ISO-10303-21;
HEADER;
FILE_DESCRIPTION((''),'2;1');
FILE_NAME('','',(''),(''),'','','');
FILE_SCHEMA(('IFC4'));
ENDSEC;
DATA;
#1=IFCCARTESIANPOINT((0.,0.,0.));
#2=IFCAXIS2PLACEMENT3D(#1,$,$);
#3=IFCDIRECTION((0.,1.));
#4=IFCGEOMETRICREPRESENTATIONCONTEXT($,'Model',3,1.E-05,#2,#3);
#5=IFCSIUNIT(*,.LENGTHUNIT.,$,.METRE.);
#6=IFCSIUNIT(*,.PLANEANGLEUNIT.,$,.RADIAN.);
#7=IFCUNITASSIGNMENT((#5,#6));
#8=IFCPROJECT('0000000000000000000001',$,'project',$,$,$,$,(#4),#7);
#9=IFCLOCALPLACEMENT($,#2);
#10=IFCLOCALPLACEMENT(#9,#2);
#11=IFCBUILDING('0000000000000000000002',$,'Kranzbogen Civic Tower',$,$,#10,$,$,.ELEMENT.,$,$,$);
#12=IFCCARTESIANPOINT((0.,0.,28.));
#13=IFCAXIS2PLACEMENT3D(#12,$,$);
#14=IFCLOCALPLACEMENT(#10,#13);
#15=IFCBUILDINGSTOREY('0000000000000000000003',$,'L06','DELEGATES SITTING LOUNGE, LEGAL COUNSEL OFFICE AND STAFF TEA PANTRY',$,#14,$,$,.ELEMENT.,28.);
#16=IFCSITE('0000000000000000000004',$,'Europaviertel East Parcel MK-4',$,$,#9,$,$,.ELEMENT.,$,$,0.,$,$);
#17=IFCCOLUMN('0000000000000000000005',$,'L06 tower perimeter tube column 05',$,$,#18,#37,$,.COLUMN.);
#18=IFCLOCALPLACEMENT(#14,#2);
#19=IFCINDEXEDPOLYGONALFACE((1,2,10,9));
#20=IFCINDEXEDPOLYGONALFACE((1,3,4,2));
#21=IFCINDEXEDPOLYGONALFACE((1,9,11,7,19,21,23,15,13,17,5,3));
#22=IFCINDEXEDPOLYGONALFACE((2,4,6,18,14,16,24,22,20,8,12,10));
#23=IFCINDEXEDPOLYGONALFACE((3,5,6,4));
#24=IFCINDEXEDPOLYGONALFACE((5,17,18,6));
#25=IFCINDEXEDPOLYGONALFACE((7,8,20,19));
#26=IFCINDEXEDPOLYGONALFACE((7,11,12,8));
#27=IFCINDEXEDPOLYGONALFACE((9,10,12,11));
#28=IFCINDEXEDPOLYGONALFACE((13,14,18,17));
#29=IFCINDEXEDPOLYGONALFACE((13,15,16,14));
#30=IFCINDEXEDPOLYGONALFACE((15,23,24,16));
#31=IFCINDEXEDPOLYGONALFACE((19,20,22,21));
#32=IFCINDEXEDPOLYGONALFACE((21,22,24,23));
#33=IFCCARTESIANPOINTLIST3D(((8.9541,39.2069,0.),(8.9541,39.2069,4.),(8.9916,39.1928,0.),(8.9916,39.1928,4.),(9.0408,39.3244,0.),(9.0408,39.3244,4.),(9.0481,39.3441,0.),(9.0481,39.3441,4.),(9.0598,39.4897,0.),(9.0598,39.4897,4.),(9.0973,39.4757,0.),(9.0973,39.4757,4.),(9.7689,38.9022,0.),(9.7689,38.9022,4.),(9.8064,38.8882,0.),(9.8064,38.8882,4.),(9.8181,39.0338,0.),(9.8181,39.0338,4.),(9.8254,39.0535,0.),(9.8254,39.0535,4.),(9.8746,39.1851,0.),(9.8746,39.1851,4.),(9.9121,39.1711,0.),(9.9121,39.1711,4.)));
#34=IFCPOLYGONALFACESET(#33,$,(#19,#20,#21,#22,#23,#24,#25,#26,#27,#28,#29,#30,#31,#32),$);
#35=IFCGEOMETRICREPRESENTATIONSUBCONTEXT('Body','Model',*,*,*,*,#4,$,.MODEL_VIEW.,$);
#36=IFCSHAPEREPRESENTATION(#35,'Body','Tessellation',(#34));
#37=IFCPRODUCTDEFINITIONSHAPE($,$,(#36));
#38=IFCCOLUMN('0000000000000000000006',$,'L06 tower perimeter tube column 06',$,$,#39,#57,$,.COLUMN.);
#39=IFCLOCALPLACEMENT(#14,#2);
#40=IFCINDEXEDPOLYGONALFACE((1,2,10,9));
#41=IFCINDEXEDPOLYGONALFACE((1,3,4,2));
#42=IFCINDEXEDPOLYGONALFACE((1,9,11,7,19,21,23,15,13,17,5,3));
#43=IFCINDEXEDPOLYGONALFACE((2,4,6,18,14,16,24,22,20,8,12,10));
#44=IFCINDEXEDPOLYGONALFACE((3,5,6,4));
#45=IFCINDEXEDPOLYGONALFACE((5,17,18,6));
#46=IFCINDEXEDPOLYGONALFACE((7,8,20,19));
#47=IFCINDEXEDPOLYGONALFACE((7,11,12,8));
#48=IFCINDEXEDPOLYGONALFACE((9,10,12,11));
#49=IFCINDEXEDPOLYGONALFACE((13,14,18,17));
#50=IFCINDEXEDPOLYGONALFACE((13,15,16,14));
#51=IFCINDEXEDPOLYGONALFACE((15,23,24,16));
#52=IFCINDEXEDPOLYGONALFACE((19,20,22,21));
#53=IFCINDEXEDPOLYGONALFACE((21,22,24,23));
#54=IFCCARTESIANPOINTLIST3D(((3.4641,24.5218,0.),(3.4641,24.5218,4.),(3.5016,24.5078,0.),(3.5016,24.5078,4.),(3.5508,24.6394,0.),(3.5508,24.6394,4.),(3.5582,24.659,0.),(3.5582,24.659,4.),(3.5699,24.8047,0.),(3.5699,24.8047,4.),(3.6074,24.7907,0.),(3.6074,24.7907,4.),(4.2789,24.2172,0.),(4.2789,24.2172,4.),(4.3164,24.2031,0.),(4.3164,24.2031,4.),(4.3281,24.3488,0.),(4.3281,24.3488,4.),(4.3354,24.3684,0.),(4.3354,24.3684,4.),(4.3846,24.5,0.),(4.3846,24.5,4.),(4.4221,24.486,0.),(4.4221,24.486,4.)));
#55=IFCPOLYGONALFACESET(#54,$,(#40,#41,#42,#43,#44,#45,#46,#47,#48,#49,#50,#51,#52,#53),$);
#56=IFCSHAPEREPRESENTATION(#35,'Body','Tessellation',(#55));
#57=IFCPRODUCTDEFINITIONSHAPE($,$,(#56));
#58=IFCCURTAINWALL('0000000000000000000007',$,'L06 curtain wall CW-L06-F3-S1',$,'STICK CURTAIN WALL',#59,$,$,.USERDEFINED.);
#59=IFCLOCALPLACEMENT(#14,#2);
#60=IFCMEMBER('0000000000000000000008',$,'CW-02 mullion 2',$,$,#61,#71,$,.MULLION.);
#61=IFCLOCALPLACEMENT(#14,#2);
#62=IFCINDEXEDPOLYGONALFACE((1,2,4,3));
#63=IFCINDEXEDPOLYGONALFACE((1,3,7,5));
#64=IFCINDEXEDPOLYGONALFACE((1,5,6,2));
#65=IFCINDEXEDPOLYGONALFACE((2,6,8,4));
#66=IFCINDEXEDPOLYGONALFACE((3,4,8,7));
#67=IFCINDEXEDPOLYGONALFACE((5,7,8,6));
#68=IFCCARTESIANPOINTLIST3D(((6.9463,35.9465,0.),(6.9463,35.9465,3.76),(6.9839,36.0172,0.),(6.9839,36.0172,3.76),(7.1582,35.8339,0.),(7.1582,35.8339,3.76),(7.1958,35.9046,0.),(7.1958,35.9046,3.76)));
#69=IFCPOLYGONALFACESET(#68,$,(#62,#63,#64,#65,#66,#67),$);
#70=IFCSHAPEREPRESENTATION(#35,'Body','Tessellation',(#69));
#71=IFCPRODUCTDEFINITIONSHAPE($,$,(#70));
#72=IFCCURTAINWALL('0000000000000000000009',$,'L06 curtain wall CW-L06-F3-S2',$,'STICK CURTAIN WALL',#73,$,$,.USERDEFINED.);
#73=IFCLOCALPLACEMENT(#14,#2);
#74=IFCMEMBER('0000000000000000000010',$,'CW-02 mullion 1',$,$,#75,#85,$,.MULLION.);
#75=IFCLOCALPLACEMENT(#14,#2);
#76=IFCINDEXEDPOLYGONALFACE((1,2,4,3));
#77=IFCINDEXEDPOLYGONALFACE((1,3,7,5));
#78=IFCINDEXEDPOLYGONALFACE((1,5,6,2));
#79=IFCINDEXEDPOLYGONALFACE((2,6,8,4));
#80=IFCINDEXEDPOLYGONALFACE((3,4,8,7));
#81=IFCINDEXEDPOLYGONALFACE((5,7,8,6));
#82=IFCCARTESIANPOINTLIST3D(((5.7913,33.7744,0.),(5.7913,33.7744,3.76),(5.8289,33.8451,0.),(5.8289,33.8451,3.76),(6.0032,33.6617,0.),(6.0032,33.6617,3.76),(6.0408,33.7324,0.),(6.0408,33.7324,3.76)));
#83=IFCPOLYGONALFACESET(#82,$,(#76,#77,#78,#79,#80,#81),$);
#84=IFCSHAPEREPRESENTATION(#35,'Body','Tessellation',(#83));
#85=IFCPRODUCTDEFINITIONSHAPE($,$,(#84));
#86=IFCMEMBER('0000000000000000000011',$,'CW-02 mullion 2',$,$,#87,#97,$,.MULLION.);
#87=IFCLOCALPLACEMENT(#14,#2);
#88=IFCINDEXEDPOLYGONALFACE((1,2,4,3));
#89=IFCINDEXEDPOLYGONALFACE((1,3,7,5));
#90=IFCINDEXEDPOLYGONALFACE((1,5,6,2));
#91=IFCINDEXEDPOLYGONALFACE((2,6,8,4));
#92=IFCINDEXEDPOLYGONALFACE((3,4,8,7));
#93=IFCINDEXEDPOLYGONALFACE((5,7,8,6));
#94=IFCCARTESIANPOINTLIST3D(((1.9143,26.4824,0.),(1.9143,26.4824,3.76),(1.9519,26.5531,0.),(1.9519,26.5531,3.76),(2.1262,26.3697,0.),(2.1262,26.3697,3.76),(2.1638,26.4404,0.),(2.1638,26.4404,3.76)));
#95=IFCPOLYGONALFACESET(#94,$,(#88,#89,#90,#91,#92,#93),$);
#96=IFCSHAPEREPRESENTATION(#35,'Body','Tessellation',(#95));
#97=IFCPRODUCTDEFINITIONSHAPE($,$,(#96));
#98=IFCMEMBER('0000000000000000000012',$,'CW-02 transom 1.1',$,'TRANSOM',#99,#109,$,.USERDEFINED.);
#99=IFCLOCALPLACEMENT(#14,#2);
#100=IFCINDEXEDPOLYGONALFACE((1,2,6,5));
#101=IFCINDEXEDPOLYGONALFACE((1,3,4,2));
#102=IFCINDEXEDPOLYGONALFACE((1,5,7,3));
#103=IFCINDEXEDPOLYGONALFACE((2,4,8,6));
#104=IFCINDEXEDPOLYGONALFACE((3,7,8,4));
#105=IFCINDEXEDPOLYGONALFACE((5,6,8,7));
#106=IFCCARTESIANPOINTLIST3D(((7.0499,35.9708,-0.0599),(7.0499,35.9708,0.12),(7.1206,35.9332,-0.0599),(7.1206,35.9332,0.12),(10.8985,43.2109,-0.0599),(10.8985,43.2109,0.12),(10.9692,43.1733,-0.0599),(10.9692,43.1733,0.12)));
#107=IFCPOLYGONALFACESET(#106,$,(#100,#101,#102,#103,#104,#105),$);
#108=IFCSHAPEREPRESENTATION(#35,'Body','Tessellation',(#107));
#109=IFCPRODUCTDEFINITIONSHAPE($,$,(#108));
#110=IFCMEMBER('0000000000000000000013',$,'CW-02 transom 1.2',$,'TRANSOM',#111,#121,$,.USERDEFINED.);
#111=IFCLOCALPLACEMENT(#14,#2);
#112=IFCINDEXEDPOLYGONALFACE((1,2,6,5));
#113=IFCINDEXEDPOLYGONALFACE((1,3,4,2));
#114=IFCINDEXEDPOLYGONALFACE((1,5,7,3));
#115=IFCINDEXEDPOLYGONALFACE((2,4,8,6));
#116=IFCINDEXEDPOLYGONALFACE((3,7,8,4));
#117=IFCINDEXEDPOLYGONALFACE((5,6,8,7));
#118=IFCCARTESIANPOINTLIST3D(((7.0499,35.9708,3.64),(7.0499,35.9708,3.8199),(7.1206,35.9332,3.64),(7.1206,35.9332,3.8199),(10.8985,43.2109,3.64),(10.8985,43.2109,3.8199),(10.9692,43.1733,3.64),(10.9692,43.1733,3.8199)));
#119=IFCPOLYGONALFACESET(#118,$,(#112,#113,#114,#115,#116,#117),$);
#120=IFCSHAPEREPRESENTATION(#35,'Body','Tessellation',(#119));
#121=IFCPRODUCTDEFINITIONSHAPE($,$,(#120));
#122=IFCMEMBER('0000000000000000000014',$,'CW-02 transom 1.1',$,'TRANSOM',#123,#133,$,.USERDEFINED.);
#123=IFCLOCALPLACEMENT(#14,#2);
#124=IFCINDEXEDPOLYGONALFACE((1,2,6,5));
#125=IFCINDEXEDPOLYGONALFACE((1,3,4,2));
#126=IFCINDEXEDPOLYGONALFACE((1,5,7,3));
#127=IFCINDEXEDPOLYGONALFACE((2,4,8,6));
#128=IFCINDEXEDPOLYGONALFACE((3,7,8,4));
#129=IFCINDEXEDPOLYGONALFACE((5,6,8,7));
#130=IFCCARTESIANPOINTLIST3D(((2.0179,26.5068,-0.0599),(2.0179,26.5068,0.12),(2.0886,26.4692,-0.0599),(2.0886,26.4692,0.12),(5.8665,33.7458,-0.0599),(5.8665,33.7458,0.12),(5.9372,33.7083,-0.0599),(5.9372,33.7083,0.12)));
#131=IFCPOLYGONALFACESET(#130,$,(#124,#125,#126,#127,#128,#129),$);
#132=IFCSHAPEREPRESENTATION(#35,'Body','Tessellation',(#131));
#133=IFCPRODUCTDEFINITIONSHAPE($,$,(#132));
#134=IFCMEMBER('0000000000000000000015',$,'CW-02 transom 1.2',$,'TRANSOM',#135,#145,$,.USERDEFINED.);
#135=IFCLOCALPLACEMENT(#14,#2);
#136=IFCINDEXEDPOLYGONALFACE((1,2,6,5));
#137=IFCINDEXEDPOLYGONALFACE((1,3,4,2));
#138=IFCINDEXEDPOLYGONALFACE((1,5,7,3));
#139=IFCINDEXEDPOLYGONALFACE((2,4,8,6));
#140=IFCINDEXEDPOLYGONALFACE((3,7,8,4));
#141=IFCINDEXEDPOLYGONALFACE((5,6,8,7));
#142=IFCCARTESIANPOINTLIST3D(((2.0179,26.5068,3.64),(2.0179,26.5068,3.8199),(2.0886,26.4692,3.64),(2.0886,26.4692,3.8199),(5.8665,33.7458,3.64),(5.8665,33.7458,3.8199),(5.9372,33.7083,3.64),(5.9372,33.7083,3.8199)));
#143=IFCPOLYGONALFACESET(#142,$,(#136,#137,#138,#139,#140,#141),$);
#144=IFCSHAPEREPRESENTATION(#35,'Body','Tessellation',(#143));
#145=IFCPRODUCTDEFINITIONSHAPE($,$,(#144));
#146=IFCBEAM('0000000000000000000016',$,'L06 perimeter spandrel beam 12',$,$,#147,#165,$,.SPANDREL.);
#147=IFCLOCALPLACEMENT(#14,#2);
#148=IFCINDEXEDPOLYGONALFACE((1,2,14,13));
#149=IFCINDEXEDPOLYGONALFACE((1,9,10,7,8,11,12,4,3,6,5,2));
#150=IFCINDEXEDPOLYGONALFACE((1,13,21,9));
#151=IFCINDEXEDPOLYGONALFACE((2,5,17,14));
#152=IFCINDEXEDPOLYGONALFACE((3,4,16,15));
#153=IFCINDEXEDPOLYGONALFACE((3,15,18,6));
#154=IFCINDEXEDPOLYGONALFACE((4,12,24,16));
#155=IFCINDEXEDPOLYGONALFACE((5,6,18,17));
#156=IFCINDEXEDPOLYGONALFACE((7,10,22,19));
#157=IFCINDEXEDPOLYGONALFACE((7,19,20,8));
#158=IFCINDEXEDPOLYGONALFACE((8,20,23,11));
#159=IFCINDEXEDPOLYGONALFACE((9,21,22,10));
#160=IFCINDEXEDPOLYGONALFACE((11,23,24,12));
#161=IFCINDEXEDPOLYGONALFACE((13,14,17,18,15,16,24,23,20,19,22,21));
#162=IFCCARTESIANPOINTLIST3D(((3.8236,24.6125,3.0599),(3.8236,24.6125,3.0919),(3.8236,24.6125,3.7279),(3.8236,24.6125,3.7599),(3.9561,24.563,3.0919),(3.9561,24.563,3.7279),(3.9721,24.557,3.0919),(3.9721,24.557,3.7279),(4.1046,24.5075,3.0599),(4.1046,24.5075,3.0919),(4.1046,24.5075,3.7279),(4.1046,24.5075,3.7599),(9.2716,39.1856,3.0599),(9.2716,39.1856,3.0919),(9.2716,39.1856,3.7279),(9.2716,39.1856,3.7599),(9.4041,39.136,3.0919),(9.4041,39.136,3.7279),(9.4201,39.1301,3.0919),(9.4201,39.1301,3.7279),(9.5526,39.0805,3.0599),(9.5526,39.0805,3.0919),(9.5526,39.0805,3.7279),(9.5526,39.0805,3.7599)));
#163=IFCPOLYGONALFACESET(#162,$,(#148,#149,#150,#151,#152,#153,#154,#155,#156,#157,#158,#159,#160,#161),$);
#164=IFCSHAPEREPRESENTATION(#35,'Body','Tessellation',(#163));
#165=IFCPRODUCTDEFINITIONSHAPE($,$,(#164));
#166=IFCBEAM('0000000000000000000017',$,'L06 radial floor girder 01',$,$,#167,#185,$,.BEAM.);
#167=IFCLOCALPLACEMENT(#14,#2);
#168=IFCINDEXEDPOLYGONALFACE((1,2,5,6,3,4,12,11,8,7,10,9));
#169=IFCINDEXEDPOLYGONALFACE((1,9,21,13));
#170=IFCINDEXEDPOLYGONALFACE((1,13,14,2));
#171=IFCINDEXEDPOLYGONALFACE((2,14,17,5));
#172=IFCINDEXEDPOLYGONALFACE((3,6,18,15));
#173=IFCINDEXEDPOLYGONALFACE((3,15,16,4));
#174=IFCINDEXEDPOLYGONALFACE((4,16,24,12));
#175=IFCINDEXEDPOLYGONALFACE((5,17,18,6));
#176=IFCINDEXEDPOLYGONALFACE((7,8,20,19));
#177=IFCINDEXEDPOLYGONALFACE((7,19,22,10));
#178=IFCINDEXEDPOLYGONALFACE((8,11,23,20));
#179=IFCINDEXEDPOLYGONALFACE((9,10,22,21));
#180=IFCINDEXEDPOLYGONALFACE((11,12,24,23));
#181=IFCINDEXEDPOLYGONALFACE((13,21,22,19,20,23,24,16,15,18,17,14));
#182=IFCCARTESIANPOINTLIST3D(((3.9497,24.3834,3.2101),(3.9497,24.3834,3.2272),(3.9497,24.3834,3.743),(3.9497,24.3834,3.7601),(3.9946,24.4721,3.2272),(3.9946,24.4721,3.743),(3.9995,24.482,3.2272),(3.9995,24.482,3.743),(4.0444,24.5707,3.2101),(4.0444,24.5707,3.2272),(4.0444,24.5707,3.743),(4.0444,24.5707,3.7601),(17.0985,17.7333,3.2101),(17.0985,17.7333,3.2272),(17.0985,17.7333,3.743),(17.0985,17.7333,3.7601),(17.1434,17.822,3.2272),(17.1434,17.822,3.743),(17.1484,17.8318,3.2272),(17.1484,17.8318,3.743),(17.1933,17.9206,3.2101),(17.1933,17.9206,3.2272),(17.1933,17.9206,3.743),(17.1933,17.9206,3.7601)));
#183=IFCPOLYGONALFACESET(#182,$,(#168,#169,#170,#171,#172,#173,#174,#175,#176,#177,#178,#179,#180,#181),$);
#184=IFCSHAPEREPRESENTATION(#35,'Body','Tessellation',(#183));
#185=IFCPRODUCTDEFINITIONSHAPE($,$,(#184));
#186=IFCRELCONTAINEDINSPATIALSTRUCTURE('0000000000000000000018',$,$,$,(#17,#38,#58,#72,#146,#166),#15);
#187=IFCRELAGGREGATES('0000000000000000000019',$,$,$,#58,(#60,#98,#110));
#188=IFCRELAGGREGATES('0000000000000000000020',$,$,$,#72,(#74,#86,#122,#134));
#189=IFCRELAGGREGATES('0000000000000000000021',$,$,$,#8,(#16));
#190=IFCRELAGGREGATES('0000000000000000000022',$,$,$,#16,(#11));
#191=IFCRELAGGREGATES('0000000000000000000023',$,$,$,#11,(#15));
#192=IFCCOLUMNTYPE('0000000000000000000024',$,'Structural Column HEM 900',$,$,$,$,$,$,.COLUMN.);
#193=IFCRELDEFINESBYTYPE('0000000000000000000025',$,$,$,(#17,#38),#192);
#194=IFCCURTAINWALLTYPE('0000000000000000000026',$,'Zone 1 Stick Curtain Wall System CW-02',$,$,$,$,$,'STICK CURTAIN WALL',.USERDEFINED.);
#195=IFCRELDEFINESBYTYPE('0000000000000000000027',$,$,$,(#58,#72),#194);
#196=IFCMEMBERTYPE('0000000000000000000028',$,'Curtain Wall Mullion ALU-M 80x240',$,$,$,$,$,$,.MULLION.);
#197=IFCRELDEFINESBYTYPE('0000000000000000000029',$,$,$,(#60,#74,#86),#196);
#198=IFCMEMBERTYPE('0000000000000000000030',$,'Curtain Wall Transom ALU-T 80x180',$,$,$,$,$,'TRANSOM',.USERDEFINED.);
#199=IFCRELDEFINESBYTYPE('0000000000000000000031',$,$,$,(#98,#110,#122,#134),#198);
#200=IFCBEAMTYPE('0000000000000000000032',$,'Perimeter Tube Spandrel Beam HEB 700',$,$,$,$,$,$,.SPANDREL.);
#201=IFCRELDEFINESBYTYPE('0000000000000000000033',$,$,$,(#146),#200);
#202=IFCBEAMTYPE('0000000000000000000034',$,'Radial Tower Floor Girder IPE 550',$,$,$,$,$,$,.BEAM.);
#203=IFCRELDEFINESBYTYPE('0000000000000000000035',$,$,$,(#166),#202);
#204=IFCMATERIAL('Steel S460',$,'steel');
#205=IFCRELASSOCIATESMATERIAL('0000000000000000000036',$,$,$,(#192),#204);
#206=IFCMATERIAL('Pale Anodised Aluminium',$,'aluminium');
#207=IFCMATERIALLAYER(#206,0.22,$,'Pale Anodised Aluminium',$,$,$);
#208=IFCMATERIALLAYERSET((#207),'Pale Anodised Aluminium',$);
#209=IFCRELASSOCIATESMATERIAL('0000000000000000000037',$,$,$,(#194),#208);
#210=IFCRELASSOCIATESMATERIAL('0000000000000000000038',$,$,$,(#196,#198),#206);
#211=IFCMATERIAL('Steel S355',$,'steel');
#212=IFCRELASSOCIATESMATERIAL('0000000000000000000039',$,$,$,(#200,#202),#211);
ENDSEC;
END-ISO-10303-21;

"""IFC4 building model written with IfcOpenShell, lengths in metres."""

from ifc_helpers import new_model, si_unit, direction, frame, origin, origin_2d, place, context, subcontext, project, spatial, rectangle, i_section, extrude, material, layer, layer_set, material_profile, profile_set, type_object, element, aggregate, save


model = new_model("IFC4")

# Units and contexts
model_context = context("Model", 3, precision=1e-05, world=origin(), true_north=direction((0.0, 1.0)))
body_context = subcontext(model_context, "Body", "Model", "MODEL_VIEW")
ifc_project = project(units=[si_unit("LENGTHUNIT", "METRE"), si_unit("PLANEANGLEUNIT", "RADIAN")], contexts=[model_context])

# Site, building, storey
site_placement = place(None, origin())
site = spatial("IfcSite", under=ifc_project, at=site_placement, Name="Europaviertel East Parcel MK-4", CompositionType="ELEMENT", RefElevation=0.0)
building_placement = place(site_placement, origin())
building = spatial("IfcBuilding", under=site, at=building_placement, Name="Kranzbogen Civic Tower", CompositionType="ELEMENT")
storey_placement = place(building_placement, frame((0.0, 0.0, 28.0)))
storey = spatial("IfcBuildingStorey", under=building, at=storey_placement, Name="L06", Description="DELEGATES SITTING LOUNGE, LEGAL COUNSEL OFFICE AND STAFF TEA PANTRY", CompositionType="ELEMENT", Elevation=28.0)

# Columns
ifc_material_1 = material(Name="Steel S460", Category="steel")
ifc_material_profile_1 = material_profile(ifc_material_1, i_section(OverallWidth=0.302, OverallDepth=0.9099, WebThickness=0.021, FlangeThickness=0.04, at=origin_2d()), Name="HEM 900")
ifc_profile_set_1 = profile_set([ifc_material_profile_1], Name="Steel S460")
column_type = type_object("IfcColumnType", Name="Structural Column HEM 900", PredefinedType="COLUMN", material=ifc_profile_set_1)
for number, where, z_axis, x_axis, name in (
    (1, (9.4331, 39.189, 0.0), (0.0, 0.0, 1.0), (0.350207, 0.936672, 0.0), "L06 tower perimeter tube column 05"),
    (2, (3.9431, 24.5039, 0.0), (0.0, 0.0, 1.0), (0.350207, 0.936672, 0.0), "L06 tower perimeter tube column 06"),
):
    element("IfcColumn", number, at=place(storey_placement, frame(where, z_axis=z_axis, x_axis=x_axis)), inside=storey, type_object=column_type, Name=name, PredefinedType="COLUMN", context=body_context, shape_type="SweptSolid", body=[
        extrude(i_section(OverallWidth=0.302, OverallDepth=0.9099, WebThickness=0.021, FlangeThickness=0.04, at=origin_2d()), origin(), (0.0, 0.0, 1.0), 4.0),
    ])

# Curtain wall, member
ifc_material_2 = material(Name="Pale Anodised Aluminium", Category="aluminium")
ifc_layer_1 = layer(ifc_material_2, 0.22, Name="Pale Anodised Aluminium")
ifc_layer_set_1 = layer_set([ifc_layer_1], Name="Pale Anodised Aluminium")
curtain_wall_type = type_object("IfcCurtainWallType", Name="Zone 1 Stick Curtain Wall System CW-02", ElementType="STICK CURTAIN WALL", PredefinedType="USERDEFINED", material=ifc_layer_set_1)
curtain_wall_1_placement = place(storey_placement, origin())
curtain_wall_1 = element("IfcCurtainWall", 3, at=curtain_wall_1_placement, inside=storey, type_object=curtain_wall_type, Name="L06 curtain wall CW-L06-F3-S1", ObjectType="STICK CURTAIN WALL", PredefinedType="USERDEFINED")
ifc_material_profile_2 = material_profile(ifc_material_2, rectangle(XDim=0.0801, YDim=0.24, at=origin_2d()), Name="ALU-M 80x240")
ifc_profile_set_2 = profile_set([ifc_material_profile_2], Name="Pale Anodised Aluminium")
member_type_1 = type_object("IfcMemberType", Name="Curtain Wall Mullion ALU-M 80x240", PredefinedType="MULLION", material=ifc_profile_set_2)
member_1_placement = place(storey_placement, frame((7.071, 35.9255, 0.0), z_axis=(0.0, 0.0, 1.0), x_axis=(-0.469384, -0.882994, 0.0)))
member_1 = element("IfcMember", 4, at=member_1_placement, type_object=member_type_1, Name="CW-02 mullion 2", PredefinedType="MULLION", context=body_context, shape_type="SweptSolid", body=[
    extrude(rectangle(XDim=0.0801, YDim=0.24, at=origin_2d()), origin(), (0.0, 0.0, 1.0), 3.76),
])

# Curtain wall, members
curtain_wall_2_placement = place(storey_placement, origin())
curtain_wall_2 = element("IfcCurtainWall", 5, at=curtain_wall_2_placement, inside=storey, type_object=curtain_wall_type, Name="L06 curtain wall CW-L06-F3-S2", ObjectType="STICK CURTAIN WALL", PredefinedType="USERDEFINED")
member_2_placement = place(storey_placement, frame((5.916, 33.7534, 0.0), z_axis=(0.0, 0.0, 1.0), x_axis=(-0.469434, -0.882968, 0.0)))
member_2 = element("IfcMember", 6, at=member_2_placement, type_object=member_type_1, Name="CW-02 mullion 1", PredefinedType="MULLION", context=body_context, shape_type="SweptSolid", body=[
    extrude(rectangle(XDim=0.0801, YDim=0.24, at=origin_2d()), origin(), (0.0, 0.0, 1.0), 3.76),
])
member_3_placement = place(storey_placement, frame((2.0391, 26.4614, 0.0), z_axis=(0.0, 0.0, 1.0), x_axis=(-0.469434, -0.882968, 0.0)))
member_3 = element("IfcMember", 7, at=member_3_placement, type_object=member_type_1, Name="CW-02 mullion 2", PredefinedType="MULLION", context=body_context, shape_type="SweptSolid", body=[
    extrude(rectangle(XDim=0.0801, YDim=0.24, at=origin_2d()), origin(), (0.0, 0.0, 1.0), 3.76),
])

# Members
ifc_material_profile_3 = material_profile(ifc_material_2, rectangle(XDim=0.0801, YDim=0.1799, at=origin_2d()), Name="ALU-T 80x180")
ifc_profile_set_3 = profile_set([ifc_material_profile_3], Name="Pale Anodised Aluminium")
member_type_2 = type_object("IfcMemberType", Name="Curtain Wall Transom ALU-T 80x180", ElementType="TRANSOM", PredefinedType="USERDEFINED", material=ifc_profile_set_3)
member_4_placement = place(storey_placement, frame((10.9338, 43.1921, 0.03), z_axis=(-0.46937, -0.883002, 0.0), x_axis=(0.883002, -0.46937, 0.0)))
member_4 = element("IfcMember", 8, at=member_4_placement, type_object=member_type_2, Name="CW-02 transom 1.1", ObjectType="TRANSOM", PredefinedType="USERDEFINED", context=body_context, shape_type="SweptSolid", body=[
    extrude(rectangle(XDim=0.0801, YDim=0.1799, at=origin_2d()), origin(), (0.0, 0.0, 1.0), 8.1995),
])
member_5_placement = place(storey_placement, frame((10.9338, 43.1921, 3.73), z_axis=(-0.46937, -0.883002, 0.0), x_axis=(0.883002, -0.46937, 0.0)))
member_5 = element("IfcMember", 9, at=member_5_placement, type_object=member_type_2, Name="CW-02 transom 1.2", ObjectType="TRANSOM", PredefinedType="USERDEFINED", context=body_context, shape_type="SweptSolid", body=[
    extrude(rectangle(XDim=0.0801, YDim=0.1799, at=origin_2d()), origin(), (0.0, 0.0, 1.0), 8.1995),
])
member_6_placement = place(storey_placement, frame((5.9019, 33.7271, 0.03), z_axis=(-0.469432, -0.882969, 0.0), x_axis=(0.882969, -0.469432, 0.0)))
member_6 = element("IfcMember", 10, at=member_6_placement, type_object=member_type_2, Name="CW-02 transom 1.1", ObjectType="TRANSOM", PredefinedType="USERDEFINED", context=body_context, shape_type="SweptSolid", body=[
    extrude(rectangle(XDim=0.0801, YDim=0.1799, at=origin_2d()), origin(), (0.0, 0.0, 1.0), 8.1985),
])
member_7_placement = place(storey_placement, frame((5.9019, 33.7271, 3.73), z_axis=(-0.469432, -0.882969, 0.0), x_axis=(0.882969, -0.469432, 0.0)))
member_7 = element("IfcMember", 11, at=member_7_placement, type_object=member_type_2, Name="CW-02 transom 1.2", ObjectType="TRANSOM", PredefinedType="USERDEFINED", context=body_context, shape_type="SweptSolid", body=[
    extrude(rectangle(XDim=0.0801, YDim=0.1799, at=origin_2d()), origin(), (0.0, 0.0, 1.0), 8.1985),
])

# Beams
ifc_material_3 = material(Name="Steel S355", Category="steel")
ifc_material_profile_4 = material_profile(ifc_material_3, i_section(OverallWidth=0.3, OverallDepth=0.7, WebThickness=0.0171, FlangeThickness=0.032, at=origin_2d()), Name="HEB 700")
ifc_profile_set_4 = profile_set([ifc_material_profile_4], Name="Steel S355")
beam_type_1 = type_object("IfcBeamType", Name="Perimeter Tube Spandrel Beam HEB 700", PredefinedType="SPANDREL", material=ifc_profile_set_4)
beam_1_placement = place(storey_placement, frame((9.4121, 39.1331, 3.4099), z_axis=(-0.350172, -0.936685, 0.0), x_axis=(0.936685, -0.350172, 0.0)))
element("IfcBeam", 12, at=beam_1_placement, inside=storey, type_object=beam_type_1, Name="L06 perimeter spandrel beam 12", PredefinedType="SPANDREL", context=body_context, shape_type="SweptSolid", body=[
    extrude(i_section(OverallWidth=0.3, OverallDepth=0.7, WebThickness=0.0171, FlangeThickness=0.032, at=origin_2d()), origin(), (0.0, 0.0, 1.0), 15.5581),
])
ifc_material_profile_5 = material_profile(ifc_material_3, i_section(OverallWidth=0.21, OverallDepth=0.55, WebThickness=0.011, FlangeThickness=0.0171, at=origin_2d()), Name="IPE 550")
ifc_profile_set_5 = profile_set([ifc_material_profile_5], Name="Steel S355")
beam_type_2 = type_object("IfcBeamType", Name="Radial Tower Floor Girder IPE 550", PredefinedType="BEAM", material=ifc_profile_set_5)
beam_2_placement = place(storey_placement, frame((3.9971, 24.4771, 3.4851), z_axis=(0.892363, -0.451318, 0.0), x_axis=(0.451318, 0.892363, 0.0)))
element("IfcBeam", 13, at=beam_2_placement, inside=storey, type_object=beam_type_2, Name="L06 radial floor girder 01", PredefinedType="BEAM", context=body_context, shape_type="SweptSolid", body=[
    extrude(i_section(OverallWidth=0.21, OverallDepth=0.55, WebThickness=0.011, FlangeThickness=0.0171, at=origin_2d()), origin(), (0.0, 0.0, 1.0), 14.7349),
])

aggregate(curtain_wall_1, [member_1, member_4, member_5])
aggregate(curtain_wall_2, [member_2, member_3, member_6, member_7])

save(model, "model.ifc")
